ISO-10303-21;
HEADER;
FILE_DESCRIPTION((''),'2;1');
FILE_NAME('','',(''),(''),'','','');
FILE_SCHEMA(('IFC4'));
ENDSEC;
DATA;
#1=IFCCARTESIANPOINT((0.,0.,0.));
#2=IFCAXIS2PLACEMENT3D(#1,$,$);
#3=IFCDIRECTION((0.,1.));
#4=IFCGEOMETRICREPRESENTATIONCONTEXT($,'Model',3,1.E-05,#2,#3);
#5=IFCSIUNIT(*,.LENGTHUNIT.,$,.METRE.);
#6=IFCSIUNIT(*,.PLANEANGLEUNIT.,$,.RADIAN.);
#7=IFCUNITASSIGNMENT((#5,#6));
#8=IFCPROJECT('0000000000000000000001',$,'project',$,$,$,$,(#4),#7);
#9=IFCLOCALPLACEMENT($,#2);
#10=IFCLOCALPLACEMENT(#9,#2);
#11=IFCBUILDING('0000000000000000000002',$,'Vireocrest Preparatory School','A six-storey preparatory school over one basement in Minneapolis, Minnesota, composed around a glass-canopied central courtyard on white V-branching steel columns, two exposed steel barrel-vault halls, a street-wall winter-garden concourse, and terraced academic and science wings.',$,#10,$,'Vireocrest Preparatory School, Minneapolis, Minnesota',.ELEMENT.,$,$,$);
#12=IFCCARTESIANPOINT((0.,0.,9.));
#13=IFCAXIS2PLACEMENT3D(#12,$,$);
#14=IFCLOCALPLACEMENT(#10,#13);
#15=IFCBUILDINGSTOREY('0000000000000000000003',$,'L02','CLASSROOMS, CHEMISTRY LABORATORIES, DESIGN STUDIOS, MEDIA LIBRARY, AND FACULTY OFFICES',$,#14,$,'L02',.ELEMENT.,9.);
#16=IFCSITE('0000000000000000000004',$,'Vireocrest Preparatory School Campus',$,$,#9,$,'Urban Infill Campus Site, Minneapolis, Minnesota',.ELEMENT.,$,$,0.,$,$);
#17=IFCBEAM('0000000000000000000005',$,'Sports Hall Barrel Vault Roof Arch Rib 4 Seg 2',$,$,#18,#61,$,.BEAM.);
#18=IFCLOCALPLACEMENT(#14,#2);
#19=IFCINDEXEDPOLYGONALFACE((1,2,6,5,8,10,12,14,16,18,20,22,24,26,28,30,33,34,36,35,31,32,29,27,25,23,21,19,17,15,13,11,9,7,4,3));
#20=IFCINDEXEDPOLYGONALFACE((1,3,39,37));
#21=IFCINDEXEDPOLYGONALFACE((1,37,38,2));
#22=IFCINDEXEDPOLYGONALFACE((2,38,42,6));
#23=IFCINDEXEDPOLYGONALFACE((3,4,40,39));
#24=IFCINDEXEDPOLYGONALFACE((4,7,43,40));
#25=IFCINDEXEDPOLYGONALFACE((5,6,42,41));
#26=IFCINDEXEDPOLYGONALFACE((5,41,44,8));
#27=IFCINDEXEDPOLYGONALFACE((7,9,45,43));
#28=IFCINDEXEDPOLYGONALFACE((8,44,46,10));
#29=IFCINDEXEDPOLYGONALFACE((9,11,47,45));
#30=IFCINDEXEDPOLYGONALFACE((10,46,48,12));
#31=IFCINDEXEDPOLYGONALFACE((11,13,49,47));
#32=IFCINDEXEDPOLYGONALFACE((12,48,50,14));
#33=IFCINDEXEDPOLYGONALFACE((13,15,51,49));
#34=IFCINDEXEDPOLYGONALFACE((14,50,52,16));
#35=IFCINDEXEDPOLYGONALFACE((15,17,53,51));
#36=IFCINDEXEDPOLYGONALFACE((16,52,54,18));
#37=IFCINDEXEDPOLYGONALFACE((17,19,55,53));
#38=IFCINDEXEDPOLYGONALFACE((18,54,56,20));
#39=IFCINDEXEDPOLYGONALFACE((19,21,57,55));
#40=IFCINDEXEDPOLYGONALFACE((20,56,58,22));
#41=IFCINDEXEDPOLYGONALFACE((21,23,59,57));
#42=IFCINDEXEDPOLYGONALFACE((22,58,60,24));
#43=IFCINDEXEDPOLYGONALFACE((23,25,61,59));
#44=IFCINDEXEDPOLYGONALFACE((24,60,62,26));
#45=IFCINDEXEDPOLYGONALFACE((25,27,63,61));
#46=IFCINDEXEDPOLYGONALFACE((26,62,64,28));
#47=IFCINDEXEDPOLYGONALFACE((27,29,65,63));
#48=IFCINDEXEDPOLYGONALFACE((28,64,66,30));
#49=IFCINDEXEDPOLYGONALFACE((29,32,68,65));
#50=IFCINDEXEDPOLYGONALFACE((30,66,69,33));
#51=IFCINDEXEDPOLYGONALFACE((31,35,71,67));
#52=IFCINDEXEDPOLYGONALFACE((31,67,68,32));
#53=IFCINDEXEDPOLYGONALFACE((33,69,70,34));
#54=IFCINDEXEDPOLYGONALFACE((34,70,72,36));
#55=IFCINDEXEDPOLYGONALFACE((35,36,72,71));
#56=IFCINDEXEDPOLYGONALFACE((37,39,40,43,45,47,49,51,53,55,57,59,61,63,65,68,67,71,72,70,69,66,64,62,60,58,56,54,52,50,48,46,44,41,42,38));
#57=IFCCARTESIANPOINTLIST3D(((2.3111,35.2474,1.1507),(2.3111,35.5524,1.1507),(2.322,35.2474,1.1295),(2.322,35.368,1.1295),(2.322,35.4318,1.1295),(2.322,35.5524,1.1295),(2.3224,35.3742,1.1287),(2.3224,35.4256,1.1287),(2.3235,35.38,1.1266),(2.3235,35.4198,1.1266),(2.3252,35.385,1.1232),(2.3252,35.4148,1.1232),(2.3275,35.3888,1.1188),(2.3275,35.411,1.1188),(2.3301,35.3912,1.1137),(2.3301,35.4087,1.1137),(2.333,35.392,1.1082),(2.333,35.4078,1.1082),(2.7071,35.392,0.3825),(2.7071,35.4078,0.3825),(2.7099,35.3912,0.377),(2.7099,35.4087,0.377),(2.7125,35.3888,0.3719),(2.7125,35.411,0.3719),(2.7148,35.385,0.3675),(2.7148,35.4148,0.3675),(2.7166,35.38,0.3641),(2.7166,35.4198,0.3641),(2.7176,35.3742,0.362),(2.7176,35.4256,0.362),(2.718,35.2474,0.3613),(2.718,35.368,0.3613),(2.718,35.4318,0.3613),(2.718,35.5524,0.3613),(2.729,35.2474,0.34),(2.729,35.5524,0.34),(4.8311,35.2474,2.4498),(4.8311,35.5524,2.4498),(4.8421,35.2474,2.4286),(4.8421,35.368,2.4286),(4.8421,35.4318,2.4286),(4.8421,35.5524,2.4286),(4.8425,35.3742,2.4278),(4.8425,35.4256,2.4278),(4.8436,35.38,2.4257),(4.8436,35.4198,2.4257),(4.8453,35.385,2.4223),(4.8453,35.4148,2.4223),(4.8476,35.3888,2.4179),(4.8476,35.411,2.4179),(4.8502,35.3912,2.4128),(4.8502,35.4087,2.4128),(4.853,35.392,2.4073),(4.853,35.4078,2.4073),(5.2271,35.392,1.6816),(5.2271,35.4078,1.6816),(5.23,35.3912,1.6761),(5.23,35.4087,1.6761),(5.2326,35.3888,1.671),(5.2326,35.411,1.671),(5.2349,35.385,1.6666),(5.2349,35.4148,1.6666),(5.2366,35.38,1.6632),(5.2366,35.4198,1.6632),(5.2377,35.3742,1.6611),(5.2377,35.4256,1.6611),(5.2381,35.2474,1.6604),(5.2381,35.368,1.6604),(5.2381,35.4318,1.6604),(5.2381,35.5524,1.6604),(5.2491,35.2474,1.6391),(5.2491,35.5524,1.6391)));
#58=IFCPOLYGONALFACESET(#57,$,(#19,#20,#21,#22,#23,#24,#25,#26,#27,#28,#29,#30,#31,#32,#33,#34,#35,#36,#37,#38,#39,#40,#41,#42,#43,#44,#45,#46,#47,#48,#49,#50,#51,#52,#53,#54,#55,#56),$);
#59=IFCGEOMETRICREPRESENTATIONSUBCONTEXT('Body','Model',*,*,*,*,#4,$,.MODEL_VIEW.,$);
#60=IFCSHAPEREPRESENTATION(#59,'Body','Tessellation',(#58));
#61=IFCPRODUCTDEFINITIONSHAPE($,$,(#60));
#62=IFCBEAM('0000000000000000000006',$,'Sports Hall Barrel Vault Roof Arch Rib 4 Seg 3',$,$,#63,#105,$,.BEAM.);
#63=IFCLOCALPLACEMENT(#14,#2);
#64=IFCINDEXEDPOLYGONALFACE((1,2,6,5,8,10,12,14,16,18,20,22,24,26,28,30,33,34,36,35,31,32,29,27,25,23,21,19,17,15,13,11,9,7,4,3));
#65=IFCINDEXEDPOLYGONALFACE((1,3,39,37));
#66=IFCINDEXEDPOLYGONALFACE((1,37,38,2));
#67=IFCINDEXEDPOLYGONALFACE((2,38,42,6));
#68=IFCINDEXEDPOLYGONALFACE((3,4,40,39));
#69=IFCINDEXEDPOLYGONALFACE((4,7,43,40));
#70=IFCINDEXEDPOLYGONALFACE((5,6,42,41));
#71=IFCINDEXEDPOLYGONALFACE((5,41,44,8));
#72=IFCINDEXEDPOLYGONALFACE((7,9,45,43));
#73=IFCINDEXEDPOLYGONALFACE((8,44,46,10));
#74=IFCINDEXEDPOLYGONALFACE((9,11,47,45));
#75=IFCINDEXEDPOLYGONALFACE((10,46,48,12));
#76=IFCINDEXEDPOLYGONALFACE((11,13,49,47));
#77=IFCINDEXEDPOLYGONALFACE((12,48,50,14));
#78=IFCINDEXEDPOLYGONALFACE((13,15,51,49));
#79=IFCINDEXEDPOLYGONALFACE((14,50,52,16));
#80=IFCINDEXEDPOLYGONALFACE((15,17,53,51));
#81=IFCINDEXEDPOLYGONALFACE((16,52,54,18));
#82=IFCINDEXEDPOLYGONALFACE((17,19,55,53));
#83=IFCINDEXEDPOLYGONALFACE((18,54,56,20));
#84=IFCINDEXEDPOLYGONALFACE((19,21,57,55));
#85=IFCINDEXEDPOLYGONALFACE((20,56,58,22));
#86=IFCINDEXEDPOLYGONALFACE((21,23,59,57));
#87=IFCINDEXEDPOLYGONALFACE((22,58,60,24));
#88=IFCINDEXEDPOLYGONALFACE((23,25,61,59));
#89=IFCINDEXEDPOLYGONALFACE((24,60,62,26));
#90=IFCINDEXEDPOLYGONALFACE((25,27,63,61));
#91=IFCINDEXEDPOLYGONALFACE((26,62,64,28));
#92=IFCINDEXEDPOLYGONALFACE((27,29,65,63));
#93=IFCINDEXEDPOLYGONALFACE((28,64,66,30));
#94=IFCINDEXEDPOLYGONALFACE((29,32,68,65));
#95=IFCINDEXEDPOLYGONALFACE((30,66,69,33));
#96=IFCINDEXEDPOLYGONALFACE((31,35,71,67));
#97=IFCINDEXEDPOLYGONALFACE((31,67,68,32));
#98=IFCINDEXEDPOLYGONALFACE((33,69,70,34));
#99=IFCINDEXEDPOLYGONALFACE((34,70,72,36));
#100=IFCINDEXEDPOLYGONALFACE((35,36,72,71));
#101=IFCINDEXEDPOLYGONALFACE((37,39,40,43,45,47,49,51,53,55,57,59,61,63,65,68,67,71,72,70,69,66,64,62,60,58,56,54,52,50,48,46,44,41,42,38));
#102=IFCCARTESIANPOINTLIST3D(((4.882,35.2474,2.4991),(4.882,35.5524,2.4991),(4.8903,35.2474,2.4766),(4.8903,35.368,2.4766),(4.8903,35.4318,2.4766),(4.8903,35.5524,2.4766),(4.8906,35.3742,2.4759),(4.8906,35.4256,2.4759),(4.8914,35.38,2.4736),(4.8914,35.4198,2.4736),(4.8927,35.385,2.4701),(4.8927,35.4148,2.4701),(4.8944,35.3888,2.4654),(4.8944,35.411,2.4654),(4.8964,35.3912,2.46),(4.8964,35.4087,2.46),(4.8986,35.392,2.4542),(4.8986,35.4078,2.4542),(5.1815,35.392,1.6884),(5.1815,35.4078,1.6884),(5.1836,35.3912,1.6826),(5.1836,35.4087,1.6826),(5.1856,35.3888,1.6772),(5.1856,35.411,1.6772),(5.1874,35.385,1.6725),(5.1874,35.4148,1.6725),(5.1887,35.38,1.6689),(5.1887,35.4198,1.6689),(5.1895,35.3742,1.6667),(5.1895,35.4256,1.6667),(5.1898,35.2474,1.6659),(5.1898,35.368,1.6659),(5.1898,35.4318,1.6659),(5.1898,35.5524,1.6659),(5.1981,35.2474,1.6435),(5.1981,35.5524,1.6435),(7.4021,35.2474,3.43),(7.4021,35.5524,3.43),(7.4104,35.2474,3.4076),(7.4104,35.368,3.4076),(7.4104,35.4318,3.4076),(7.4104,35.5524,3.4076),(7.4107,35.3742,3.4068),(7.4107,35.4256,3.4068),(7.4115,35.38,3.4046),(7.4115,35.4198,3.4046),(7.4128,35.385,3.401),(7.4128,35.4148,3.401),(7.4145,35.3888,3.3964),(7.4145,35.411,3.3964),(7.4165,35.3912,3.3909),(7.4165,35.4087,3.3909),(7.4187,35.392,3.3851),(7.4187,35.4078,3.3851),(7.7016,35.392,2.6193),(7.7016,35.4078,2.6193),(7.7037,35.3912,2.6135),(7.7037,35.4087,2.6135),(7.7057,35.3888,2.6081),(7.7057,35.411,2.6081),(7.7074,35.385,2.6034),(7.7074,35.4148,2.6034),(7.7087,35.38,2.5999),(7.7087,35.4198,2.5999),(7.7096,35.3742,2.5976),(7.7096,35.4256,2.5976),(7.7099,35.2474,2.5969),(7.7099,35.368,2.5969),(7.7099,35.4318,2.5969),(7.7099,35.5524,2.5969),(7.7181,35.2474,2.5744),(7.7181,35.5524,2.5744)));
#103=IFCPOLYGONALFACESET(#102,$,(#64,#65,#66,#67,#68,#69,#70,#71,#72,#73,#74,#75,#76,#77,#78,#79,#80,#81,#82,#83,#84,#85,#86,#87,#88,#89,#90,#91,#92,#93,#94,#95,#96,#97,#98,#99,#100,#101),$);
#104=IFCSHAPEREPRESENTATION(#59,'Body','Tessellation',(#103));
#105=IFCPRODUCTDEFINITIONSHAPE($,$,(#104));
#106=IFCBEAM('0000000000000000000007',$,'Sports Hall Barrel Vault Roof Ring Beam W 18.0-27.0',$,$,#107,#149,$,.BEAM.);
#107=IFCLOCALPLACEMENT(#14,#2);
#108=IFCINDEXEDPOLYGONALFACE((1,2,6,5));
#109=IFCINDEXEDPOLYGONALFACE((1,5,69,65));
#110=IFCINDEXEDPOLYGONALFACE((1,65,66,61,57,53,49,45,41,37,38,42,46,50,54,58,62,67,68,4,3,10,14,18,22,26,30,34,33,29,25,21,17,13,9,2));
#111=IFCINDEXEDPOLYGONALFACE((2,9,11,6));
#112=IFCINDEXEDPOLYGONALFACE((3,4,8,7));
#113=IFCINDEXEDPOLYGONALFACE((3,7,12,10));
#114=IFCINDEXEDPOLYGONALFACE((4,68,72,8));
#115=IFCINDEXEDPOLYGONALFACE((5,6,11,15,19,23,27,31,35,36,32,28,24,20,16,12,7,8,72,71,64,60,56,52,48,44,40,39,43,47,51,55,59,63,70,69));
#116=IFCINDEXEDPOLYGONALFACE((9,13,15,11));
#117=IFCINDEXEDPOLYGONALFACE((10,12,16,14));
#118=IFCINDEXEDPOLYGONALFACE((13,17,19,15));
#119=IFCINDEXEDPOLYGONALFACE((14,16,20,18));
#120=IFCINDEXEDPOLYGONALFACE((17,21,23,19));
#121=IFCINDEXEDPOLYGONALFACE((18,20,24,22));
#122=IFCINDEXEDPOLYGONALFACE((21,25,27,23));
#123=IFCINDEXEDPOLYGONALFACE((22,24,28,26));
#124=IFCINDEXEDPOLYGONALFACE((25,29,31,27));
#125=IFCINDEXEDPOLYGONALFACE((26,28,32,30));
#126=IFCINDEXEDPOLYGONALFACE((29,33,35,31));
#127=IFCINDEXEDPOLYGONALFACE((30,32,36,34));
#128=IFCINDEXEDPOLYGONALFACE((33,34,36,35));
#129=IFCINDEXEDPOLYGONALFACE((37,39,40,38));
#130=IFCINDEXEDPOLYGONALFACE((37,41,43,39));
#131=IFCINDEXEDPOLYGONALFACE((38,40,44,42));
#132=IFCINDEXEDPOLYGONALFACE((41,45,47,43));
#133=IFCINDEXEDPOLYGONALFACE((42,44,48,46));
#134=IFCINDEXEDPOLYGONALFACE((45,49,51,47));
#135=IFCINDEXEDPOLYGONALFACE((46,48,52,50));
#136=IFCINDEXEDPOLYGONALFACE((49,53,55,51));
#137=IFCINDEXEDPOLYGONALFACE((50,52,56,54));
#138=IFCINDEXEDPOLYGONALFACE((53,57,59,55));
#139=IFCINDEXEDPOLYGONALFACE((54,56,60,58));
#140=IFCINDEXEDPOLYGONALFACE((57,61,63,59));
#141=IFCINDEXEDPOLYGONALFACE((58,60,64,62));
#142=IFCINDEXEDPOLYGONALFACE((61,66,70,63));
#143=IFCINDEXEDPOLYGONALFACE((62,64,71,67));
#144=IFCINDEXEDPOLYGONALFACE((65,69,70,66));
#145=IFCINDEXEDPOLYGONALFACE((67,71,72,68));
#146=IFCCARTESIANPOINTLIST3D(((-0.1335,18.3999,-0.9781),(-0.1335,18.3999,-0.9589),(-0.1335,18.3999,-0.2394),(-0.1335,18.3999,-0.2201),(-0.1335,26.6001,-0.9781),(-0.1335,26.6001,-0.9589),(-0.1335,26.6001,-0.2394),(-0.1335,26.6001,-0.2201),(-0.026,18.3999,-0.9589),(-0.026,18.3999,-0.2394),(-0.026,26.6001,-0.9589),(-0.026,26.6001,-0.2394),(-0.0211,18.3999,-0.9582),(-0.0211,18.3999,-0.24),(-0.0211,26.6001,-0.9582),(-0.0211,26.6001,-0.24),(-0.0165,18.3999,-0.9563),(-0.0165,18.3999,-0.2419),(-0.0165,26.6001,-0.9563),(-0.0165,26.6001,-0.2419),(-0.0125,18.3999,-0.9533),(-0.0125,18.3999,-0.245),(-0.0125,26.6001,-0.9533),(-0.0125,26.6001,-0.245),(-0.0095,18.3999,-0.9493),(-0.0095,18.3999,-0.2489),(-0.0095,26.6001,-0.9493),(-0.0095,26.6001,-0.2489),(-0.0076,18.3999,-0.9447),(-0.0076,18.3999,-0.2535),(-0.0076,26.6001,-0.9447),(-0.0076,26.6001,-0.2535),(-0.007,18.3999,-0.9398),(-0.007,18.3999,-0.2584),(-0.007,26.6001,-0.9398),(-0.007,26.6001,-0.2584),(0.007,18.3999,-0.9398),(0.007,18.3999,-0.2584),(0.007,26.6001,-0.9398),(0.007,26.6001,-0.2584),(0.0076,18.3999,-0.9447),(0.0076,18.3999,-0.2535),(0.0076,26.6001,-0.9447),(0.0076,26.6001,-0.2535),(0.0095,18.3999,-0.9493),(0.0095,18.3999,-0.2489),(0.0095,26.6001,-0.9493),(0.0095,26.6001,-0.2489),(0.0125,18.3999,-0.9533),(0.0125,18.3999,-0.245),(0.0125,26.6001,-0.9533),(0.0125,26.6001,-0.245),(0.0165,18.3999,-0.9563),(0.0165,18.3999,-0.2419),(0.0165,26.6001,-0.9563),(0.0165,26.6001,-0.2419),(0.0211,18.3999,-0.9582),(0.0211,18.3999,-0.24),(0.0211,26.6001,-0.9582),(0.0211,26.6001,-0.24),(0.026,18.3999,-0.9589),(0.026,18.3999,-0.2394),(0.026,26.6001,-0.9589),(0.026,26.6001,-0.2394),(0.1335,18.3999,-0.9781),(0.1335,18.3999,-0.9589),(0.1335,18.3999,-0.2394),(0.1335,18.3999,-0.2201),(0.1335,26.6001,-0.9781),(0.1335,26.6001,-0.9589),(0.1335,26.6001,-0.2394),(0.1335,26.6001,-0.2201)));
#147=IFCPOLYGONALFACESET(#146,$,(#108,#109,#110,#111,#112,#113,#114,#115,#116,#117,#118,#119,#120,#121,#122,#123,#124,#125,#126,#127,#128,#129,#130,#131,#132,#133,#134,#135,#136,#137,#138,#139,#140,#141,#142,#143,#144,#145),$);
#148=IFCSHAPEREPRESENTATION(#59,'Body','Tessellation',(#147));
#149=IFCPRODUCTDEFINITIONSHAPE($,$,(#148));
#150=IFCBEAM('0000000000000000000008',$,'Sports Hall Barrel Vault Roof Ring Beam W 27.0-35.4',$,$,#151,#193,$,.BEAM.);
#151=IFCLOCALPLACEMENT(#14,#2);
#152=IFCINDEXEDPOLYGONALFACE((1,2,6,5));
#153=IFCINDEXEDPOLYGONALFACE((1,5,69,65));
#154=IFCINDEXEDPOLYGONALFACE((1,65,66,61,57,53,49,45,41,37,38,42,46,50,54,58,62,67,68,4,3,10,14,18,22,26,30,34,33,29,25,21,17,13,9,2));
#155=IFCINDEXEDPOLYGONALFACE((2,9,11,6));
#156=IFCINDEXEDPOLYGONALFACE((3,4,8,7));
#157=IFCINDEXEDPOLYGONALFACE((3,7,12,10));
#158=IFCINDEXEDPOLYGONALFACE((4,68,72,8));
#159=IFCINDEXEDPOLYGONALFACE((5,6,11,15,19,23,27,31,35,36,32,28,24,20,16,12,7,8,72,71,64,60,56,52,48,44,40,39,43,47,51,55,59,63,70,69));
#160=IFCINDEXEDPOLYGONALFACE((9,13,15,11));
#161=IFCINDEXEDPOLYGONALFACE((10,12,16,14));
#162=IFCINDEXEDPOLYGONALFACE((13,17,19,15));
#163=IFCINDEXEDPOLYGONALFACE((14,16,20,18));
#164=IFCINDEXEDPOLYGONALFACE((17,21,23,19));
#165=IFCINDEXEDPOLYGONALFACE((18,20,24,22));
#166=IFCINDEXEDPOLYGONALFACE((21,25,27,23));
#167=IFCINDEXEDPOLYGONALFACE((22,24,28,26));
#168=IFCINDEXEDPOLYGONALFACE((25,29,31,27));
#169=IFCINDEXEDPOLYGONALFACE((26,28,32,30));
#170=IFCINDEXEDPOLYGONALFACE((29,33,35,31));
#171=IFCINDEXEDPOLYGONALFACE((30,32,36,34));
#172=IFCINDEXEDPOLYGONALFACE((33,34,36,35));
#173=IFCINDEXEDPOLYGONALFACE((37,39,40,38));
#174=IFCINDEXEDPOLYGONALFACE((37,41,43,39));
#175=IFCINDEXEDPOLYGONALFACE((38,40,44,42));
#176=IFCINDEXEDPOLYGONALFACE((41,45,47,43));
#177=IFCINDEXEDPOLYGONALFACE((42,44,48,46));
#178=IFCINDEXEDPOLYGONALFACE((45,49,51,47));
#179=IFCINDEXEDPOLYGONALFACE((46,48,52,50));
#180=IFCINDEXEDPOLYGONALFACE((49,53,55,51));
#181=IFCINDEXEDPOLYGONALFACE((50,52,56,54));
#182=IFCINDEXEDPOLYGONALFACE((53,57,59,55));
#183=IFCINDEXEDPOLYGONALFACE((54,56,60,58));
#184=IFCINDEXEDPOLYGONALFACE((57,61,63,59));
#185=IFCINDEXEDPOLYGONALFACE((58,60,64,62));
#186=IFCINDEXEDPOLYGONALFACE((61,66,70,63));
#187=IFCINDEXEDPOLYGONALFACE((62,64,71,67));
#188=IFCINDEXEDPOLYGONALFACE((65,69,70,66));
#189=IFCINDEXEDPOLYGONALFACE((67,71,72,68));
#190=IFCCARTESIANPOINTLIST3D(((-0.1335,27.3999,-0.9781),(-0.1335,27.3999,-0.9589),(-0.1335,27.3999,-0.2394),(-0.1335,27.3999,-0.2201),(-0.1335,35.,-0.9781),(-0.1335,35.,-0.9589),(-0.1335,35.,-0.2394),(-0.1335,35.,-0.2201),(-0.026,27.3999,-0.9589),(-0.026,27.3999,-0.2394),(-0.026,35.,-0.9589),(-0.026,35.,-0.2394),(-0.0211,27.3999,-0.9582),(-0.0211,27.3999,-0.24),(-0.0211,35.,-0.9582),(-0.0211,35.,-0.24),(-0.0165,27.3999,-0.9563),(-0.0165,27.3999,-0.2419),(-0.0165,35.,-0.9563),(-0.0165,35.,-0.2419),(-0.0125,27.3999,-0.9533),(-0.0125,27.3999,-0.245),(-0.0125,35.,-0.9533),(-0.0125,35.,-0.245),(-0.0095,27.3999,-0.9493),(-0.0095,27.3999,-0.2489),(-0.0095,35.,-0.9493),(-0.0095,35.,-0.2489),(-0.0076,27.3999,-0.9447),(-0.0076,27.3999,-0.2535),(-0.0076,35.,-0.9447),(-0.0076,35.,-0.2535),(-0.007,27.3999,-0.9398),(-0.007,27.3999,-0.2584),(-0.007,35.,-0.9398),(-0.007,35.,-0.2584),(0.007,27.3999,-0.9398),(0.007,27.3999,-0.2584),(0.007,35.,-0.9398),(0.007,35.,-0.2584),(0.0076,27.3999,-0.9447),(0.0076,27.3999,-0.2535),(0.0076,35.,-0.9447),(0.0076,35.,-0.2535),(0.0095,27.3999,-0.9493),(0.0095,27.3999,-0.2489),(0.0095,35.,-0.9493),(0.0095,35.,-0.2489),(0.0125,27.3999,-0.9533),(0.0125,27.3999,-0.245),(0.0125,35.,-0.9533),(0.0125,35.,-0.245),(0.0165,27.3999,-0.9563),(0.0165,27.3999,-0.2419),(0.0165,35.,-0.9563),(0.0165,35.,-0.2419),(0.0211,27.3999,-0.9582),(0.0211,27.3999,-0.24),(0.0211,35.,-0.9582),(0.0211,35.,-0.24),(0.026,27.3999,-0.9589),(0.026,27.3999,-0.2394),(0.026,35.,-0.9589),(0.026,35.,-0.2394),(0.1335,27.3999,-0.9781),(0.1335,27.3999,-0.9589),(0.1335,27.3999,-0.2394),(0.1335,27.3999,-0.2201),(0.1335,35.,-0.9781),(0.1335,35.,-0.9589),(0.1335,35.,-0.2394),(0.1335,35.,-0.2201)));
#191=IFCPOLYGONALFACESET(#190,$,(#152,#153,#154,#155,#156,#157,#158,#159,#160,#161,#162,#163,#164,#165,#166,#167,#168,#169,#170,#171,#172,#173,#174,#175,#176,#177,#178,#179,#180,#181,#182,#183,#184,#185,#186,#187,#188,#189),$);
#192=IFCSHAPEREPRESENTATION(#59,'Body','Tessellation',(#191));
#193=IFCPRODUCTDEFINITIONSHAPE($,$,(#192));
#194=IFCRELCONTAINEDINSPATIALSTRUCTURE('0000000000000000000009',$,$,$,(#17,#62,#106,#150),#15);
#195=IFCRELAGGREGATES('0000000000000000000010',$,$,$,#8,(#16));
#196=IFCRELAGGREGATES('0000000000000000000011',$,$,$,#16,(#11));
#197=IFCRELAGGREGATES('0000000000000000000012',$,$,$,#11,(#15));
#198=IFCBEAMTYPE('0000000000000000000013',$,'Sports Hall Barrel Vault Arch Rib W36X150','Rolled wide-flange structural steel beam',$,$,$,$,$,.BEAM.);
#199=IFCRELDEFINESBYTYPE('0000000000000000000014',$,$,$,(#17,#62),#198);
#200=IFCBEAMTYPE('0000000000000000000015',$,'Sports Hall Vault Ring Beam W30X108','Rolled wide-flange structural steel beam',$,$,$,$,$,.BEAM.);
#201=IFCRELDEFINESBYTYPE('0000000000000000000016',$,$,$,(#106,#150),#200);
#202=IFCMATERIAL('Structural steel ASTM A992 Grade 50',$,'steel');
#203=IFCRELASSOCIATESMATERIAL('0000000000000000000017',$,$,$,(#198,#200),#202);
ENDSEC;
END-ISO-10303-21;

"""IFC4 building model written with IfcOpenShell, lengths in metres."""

from ifc_helpers import new_model, si_unit, direction, frame, origin, origin_2d, place, context, subcontext, project, spatial, i_section, extrude, material, material_profile, profile_set, type_object, element, save


model = new_model("IFC4")

# Units and contexts
model_context = context("Model", 3, precision=1e-05, world=origin(), true_north=direction((0.0, 1.0)))
body_context = subcontext(model_context, "Body", "Model", "MODEL_VIEW")
ifc_project = project(units=[si_unit("LENGTHUNIT", "METRE"), si_unit("PLANEANGLEUNIT", "RADIAN")], contexts=[model_context])

# Site, building, storey
site_placement = place(None, origin())
site = spatial("IfcSite", under=ifc_project, at=site_placement, Name="Vireocrest Preparatory School Campus", LongName="Urban Infill Campus Site, Minneapolis, Minnesota", CompositionType="ELEMENT", RefElevation=0.0)
building_placement = place(site_placement, origin())
building = spatial("IfcBuilding", under=site, at=building_placement, Name="Vireocrest Preparatory School", Description="A six-storey preparatory school over one basement in Minneapolis, Minnesota, composed around a glass-canopied central courtyard on white V-branching steel columns, two exposed steel barrel-vault halls, a street-wall winter-garden concourse, and terraced academic and science wings.", LongName="Vireocrest Preparatory School, Minneapolis, Minnesota", CompositionType="ELEMENT")
storey_placement = place(building_placement, frame((0.0, 0.0, 9.0)))
storey = spatial("IfcBuildingStorey", under=building, at=storey_placement, Name="L02", Description="CLASSROOMS, CHEMISTRY LABORATORIES, DESIGN STUDIOS, MEDIA LIBRARY, AND FACULTY OFFICES", LongName="L02", CompositionType="ELEMENT", Elevation=9.0)

# Beams
ifc_material_1 = material(Name="Structural steel ASTM A992 Grade 50", Category="steel")
ifc_material_profile_1 = material_profile(ifc_material_1, i_section(OverallWidth=0.3049, OverallDepth=0.9121, WebThickness=0.0159, FlangeThickness=0.0239, FilletRadius=0.0239, at=origin_2d()), Name="W36X150")
ifc_profile_set_1 = profile_set([ifc_material_profile_1], Name="Structural steel ASTM A992 Grade 50")
beam_type_1 = type_object("IfcBeamType", Name="Sports Hall Barrel Vault Arch Rib W36X150", Description="Rolled wide-flange structural steel beam", PredefinedType="BEAM", material=ifc_profile_set_1)
beam_1_placement = place(storey_placement, frame((2.52, 35.3999, 0.7454), z_axis=(0.888848, 0.0, 0.458202), x_axis=(0.0, 1.0, 0.0)))
element("IfcBeam", 1, at=beam_1_placement, inside=storey, type_object=beam_type_1, Name="Sports Hall Barrel Vault Roof Arch Rib 4 Seg 2", PredefinedType="BEAM", context=body_context, shape_type="SweptSolid", body=[
    extrude(i_section(OverallWidth=0.3049, OverallDepth=0.9121, WebThickness=0.0159, FlangeThickness=0.0239, FilletRadius=0.0239, at=origin_2d()), origin(), (0.0, 0.0, 1.0), 2.8352),
])
beam_2_placement = place(storey_placement, frame((5.04, 35.3999, 2.0713), z_axis=(0.938043, 0.0, 0.346518), x_axis=(0.0, 1.0, 0.0)))
element("IfcBeam", 2, at=beam_2_placement, inside=storey, type_object=beam_type_1, Name="Sports Hall Barrel Vault Roof Arch Rib 4 Seg 3", PredefinedType="BEAM", context=body_context, shape_type="SweptSolid", body=[
    extrude(i_section(OverallWidth=0.3049, OverallDepth=0.9121, WebThickness=0.0159, FlangeThickness=0.0239, FilletRadius=0.0239, at=origin_2d()), origin(), (0.0, 0.0, 1.0), 2.6865),
])
ifc_material_profile_2 = material_profile(ifc_material_1, i_section(OverallWidth=0.2671, OverallDepth=0.7581, WebThickness=0.0139, FlangeThickness=0.0193, FilletRadius=0.019, at=origin_2d()), Name="W30X108")
ifc_profile_set_2 = profile_set([ifc_material_profile_2], Name="Structural steel ASTM A992 Grade 50")
beam_type_2 = type_object("IfcBeamType", Name="Sports Hall Vault Ring Beam W30X108", Description="Rolled wide-flange structural steel beam", PredefinedType="BEAM", material=ifc_profile_set_2)
beam_3_placement = place(storey_placement, frame((0.0, 18.3999, -0.5991), z_axis=(0.0, 1.0, 0.0), x_axis=(-1.0, 0.0, 0.0)))
element("IfcBeam", 3, at=beam_3_placement, inside=storey, type_object=beam_type_2, Name="Sports Hall Barrel Vault Roof Ring Beam W 18.0-27.0", PredefinedType="BEAM", context=body_context, shape_type="SweptSolid", body=[
    extrude(i_section(OverallWidth=0.2671, OverallDepth=0.7581, WebThickness=0.0139, FlangeThickness=0.0193, FilletRadius=0.019, at=origin_2d()), origin(), (0.0, 0.0, 1.0), 8.2002),
])
beam_4_placement = place(storey_placement, frame((0.0, 27.3999, -0.5991), z_axis=(0.0, 1.0, 0.0), x_axis=(-1.0, 0.0, 0.0)))
element("IfcBeam", 4, at=beam_4_placement, inside=storey, type_object=beam_type_2, Name="Sports Hall Barrel Vault Roof Ring Beam W 27.0-35.4", PredefinedType="BEAM", context=body_context, shape_type="SweptSolid", body=[
    extrude(i_section(OverallWidth=0.2671, OverallDepth=0.7581, WebThickness=0.0139, FlangeThickness=0.0193, FilletRadius=0.019, at=origin_2d()), origin(), (0.0, 0.0, 1.0), 7.6001),
])

save(model, "model.ifc")
